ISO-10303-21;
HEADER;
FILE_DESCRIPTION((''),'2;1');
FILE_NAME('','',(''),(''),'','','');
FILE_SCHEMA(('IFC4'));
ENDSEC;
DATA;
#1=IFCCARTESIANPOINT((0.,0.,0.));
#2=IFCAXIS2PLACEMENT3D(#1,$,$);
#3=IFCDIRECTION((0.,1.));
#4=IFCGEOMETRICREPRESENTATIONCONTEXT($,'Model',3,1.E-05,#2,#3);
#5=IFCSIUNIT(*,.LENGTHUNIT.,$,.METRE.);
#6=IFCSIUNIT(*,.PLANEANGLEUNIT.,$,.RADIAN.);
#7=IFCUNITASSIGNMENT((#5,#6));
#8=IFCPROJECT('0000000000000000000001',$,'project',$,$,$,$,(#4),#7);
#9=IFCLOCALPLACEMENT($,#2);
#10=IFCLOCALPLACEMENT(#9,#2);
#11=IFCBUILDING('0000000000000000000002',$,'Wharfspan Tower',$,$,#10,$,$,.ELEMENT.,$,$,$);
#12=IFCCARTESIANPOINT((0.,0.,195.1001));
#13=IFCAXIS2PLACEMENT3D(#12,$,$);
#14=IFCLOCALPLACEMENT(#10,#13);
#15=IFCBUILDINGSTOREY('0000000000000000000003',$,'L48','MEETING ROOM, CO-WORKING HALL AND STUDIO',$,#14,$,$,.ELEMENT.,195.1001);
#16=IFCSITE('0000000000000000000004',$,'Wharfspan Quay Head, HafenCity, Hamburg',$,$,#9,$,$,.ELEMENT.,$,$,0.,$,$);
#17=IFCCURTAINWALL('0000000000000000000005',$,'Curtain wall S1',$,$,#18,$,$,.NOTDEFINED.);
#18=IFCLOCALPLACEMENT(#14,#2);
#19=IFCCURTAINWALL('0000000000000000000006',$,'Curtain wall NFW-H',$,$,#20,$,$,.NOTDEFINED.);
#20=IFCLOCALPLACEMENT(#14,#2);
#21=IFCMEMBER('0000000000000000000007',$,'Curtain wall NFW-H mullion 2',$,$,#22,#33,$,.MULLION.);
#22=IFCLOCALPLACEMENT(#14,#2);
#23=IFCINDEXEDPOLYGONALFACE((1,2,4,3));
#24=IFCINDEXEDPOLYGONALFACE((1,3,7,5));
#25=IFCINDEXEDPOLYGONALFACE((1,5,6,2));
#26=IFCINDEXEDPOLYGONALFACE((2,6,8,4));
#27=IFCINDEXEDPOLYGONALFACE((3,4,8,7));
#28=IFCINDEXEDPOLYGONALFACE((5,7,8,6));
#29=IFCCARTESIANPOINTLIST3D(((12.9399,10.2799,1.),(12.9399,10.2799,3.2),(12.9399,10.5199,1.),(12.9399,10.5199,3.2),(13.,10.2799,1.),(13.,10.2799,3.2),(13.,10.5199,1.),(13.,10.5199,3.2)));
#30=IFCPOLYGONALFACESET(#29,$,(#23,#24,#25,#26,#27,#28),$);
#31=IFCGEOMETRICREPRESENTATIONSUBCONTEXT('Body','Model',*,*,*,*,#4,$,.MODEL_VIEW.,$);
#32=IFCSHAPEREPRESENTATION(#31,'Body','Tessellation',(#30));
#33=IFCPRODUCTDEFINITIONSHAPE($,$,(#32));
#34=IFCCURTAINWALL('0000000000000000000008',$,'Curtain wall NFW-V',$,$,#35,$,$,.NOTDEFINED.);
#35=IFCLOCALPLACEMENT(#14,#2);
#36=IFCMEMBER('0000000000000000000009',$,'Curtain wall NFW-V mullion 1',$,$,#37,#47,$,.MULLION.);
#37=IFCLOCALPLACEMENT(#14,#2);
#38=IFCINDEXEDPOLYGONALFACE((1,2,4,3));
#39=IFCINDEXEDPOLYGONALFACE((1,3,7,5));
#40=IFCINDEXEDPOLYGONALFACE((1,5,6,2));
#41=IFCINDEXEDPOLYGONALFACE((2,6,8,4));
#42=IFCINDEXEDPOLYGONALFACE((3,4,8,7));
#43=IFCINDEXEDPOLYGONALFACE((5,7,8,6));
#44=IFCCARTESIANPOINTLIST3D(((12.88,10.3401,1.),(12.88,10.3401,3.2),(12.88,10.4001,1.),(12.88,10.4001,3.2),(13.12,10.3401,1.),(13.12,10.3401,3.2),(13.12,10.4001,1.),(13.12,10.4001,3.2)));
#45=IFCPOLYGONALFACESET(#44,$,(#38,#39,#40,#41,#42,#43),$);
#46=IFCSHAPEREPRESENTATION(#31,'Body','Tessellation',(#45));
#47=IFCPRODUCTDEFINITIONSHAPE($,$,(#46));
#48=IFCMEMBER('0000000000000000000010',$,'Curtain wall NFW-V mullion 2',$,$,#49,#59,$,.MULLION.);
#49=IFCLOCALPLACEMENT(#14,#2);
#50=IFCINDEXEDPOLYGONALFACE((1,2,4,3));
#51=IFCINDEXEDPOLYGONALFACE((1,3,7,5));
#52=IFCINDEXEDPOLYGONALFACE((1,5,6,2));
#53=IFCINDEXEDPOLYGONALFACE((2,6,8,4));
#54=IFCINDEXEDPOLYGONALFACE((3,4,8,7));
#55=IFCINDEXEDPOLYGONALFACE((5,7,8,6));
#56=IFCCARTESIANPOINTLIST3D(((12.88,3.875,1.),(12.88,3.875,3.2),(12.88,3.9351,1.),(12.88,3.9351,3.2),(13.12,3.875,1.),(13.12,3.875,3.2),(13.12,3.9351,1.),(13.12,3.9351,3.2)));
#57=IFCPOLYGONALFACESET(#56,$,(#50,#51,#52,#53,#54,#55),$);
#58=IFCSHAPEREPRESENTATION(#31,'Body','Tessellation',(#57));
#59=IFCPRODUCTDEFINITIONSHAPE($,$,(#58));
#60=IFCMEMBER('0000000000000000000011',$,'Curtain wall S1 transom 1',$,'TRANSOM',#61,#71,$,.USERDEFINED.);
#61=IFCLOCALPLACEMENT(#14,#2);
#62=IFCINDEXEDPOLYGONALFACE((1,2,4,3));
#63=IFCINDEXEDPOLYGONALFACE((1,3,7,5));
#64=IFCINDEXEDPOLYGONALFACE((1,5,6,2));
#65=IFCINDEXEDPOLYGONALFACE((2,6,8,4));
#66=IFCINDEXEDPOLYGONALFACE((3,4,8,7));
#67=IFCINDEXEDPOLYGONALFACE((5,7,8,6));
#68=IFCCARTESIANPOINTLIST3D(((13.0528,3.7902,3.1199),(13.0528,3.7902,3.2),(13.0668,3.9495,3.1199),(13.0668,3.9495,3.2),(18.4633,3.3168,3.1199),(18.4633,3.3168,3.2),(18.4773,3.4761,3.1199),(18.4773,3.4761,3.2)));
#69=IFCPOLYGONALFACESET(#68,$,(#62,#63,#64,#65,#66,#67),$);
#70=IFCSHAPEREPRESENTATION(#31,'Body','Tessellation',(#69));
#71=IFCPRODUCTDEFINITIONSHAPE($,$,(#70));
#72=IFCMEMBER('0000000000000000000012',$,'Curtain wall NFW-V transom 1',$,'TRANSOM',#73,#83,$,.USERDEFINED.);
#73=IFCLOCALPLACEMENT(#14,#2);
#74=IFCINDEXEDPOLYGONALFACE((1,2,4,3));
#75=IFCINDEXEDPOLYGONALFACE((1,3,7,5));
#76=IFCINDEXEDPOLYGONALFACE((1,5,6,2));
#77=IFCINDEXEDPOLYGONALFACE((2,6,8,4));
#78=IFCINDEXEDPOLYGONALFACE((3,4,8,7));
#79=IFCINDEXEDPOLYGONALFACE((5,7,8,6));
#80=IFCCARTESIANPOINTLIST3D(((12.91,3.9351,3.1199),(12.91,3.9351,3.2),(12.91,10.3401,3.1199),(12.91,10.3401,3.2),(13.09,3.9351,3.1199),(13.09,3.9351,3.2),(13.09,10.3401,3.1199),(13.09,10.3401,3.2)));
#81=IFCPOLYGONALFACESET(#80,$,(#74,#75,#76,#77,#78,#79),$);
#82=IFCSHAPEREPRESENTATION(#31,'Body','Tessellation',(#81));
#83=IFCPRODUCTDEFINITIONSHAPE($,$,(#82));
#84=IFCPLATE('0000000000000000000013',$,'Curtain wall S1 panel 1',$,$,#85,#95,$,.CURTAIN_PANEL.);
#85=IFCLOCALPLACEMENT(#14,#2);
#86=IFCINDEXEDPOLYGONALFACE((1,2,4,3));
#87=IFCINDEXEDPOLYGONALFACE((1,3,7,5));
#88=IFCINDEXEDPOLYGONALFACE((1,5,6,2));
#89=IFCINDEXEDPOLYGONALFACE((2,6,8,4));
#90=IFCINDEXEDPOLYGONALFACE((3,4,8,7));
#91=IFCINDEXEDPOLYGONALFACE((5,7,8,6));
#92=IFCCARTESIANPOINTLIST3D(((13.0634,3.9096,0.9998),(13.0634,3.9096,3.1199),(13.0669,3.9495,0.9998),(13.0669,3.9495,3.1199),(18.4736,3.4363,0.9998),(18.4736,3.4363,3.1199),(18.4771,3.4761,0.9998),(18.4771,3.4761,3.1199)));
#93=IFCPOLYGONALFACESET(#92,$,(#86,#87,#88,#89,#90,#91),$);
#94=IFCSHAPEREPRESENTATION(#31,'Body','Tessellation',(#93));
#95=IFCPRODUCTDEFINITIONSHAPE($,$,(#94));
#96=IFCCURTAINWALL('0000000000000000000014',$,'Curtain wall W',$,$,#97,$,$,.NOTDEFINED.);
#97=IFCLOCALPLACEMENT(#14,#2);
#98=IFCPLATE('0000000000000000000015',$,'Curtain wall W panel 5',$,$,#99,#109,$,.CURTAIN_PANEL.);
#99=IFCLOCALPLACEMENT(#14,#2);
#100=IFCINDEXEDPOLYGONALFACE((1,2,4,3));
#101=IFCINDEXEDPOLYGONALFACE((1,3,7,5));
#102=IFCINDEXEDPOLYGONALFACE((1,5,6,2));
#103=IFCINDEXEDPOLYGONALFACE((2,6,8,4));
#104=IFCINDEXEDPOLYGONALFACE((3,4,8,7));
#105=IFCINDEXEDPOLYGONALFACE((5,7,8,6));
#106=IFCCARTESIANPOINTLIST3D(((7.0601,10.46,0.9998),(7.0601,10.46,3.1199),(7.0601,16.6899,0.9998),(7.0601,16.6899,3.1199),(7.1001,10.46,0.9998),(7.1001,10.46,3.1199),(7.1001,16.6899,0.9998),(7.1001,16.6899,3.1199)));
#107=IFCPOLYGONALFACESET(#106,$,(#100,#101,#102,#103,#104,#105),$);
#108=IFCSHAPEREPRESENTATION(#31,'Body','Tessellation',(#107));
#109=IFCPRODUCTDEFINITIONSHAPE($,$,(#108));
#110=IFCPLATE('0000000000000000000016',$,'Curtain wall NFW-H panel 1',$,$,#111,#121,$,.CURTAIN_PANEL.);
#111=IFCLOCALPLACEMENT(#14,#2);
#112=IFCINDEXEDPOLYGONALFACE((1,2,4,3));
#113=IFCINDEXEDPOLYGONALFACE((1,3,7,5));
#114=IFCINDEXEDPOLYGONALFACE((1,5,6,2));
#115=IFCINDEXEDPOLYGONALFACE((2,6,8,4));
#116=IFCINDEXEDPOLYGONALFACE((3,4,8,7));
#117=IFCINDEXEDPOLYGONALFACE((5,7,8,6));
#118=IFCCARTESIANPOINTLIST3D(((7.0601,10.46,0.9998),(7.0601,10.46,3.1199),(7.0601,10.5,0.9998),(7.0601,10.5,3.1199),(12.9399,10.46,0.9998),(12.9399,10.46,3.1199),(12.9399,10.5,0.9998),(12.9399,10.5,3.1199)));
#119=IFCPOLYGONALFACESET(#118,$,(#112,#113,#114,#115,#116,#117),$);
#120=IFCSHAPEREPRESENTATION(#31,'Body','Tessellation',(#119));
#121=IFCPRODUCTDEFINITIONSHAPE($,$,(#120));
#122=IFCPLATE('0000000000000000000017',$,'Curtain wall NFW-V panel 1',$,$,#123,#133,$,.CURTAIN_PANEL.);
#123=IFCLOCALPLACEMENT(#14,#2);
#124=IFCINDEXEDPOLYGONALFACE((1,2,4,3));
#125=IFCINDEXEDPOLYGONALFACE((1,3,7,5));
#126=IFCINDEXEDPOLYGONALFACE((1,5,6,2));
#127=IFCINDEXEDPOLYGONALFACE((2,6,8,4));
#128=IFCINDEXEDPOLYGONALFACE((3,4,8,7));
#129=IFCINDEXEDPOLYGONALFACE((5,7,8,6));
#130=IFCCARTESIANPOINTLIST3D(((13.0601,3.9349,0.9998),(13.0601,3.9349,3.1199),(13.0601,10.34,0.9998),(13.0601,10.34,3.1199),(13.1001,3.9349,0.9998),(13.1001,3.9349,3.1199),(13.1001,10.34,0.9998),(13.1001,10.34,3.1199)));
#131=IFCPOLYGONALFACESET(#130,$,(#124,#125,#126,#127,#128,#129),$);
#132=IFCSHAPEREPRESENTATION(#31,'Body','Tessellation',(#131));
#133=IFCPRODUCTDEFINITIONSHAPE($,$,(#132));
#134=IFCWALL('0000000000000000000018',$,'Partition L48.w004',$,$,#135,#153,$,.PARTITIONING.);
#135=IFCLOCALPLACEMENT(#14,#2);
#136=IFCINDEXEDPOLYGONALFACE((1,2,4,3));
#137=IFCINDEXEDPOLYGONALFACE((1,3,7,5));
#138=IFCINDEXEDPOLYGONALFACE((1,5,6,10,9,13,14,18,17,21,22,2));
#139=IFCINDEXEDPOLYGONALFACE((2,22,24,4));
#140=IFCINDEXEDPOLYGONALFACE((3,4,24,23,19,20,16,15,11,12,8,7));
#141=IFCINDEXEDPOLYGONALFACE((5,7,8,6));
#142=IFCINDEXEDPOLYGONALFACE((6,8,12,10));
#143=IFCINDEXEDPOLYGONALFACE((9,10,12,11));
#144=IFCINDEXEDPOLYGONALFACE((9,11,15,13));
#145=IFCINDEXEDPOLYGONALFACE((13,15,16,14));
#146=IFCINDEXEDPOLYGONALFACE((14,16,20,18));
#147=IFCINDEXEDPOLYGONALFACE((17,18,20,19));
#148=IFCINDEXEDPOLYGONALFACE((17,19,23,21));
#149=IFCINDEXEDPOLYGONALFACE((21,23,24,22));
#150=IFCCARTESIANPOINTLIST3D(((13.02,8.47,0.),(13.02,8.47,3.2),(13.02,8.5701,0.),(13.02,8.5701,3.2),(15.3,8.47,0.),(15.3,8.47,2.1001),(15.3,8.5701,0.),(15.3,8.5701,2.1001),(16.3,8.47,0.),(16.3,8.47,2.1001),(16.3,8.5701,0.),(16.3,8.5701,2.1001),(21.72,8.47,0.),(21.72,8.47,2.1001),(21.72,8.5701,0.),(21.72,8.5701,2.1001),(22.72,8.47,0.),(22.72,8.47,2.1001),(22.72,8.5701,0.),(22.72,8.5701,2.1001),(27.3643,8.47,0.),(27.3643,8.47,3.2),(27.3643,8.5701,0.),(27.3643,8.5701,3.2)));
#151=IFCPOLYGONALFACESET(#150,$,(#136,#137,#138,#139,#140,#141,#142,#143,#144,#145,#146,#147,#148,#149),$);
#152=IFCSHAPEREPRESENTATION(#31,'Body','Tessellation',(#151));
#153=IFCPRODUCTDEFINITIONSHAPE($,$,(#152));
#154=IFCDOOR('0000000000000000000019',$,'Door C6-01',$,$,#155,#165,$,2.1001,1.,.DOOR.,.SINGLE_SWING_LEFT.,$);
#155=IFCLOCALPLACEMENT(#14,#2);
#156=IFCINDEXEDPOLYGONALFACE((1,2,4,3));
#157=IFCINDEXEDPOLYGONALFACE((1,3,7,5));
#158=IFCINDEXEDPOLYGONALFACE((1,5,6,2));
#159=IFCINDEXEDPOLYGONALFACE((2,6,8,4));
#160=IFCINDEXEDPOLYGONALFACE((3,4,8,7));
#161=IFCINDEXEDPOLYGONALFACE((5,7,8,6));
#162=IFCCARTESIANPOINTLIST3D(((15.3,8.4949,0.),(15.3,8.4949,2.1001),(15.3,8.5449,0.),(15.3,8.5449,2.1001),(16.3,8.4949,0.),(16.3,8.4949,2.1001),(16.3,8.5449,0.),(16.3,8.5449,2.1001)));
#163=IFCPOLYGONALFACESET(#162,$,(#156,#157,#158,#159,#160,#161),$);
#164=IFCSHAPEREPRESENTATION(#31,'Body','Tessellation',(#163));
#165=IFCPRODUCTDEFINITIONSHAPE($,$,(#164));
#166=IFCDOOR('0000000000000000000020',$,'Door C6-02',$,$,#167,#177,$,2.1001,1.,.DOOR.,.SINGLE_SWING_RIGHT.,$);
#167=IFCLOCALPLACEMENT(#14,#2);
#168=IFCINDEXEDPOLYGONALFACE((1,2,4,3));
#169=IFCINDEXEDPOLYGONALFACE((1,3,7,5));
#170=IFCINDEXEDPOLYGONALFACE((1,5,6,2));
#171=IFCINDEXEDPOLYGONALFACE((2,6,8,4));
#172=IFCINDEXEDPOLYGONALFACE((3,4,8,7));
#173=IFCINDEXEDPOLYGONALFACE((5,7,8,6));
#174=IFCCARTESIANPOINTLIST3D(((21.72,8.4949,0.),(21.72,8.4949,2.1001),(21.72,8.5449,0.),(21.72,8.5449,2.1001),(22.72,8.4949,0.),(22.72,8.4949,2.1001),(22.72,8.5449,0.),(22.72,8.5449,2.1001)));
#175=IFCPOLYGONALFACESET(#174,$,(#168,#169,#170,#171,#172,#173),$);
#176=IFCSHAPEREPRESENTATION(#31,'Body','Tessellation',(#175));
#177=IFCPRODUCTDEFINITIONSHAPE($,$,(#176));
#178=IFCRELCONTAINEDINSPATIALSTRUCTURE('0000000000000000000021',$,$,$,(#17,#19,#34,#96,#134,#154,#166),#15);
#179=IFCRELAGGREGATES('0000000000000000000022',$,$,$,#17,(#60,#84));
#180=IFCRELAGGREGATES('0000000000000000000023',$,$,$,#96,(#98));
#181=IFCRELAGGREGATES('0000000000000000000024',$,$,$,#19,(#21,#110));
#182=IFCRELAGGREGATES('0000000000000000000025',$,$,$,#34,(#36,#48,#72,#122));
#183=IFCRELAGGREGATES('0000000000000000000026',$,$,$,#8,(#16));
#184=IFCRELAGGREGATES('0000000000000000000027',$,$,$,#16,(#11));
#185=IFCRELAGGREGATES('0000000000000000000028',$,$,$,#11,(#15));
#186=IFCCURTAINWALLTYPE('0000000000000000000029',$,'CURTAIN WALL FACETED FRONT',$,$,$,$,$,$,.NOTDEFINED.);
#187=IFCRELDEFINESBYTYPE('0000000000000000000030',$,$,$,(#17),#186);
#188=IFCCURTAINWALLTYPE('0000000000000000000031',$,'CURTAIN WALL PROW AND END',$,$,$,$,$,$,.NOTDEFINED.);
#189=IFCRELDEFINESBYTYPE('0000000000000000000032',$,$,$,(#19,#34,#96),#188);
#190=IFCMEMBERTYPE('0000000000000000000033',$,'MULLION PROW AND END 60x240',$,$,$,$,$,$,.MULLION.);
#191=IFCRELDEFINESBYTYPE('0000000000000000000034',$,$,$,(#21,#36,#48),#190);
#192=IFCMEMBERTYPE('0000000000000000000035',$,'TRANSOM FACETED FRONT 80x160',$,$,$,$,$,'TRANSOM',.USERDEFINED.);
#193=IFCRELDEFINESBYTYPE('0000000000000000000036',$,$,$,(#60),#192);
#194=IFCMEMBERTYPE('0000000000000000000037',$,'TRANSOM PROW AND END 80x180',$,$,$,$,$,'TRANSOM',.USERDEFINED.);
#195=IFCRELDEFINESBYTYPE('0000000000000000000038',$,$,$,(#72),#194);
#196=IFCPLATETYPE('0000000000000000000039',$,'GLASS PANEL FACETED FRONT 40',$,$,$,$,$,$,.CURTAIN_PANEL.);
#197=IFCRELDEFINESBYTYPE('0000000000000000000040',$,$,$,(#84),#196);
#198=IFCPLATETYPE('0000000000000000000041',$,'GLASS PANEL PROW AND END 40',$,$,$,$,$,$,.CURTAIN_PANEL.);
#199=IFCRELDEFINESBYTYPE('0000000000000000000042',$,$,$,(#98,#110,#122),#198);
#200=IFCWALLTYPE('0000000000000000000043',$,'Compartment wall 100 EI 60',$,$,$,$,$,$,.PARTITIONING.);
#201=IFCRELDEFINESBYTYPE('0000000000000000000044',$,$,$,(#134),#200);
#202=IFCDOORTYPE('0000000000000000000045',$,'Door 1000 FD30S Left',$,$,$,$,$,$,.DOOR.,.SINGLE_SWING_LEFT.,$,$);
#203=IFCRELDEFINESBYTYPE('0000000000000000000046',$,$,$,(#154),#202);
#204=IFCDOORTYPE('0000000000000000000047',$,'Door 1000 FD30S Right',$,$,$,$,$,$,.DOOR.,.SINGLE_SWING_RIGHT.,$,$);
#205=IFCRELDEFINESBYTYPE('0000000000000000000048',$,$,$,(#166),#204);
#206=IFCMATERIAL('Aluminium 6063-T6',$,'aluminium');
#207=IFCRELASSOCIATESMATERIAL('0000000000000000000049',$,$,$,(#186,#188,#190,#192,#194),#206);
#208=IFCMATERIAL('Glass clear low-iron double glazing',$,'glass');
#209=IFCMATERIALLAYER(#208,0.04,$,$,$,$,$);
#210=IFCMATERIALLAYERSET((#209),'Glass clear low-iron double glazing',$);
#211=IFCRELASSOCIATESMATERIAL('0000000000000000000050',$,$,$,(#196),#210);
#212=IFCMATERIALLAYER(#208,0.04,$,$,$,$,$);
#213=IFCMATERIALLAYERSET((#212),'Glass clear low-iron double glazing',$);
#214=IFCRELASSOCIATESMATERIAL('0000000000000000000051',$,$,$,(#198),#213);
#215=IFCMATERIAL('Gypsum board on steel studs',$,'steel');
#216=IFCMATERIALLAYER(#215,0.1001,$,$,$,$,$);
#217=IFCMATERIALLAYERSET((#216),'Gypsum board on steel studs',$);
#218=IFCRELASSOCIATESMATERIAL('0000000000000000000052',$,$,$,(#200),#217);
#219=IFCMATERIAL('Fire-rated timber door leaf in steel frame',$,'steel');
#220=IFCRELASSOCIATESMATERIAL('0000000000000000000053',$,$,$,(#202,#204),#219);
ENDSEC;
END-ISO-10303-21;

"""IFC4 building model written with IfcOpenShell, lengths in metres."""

from ifc_helpers import new_model, si_unit, direction, frame, frame_2d, origin, origin_2d, place, context, subcontext, project, spatial, rectangle, extrude, material, layer, layer_set, material_profile, profile_set, type_object, element, fill, aggregate, save


model = new_model("IFC4")

# Units and contexts
model_context = context("Model", 3, precision=1e-05, world=origin(), true_north=direction((0.0, 1.0)))
body_context = subcontext(model_context, "Body", "Model", "MODEL_VIEW")
ifc_project = project(units=[si_unit("LENGTHUNIT", "METRE"), si_unit("PLANEANGLEUNIT", "RADIAN")], contexts=[model_context])

# Site, building, storey
site_placement = place(None, origin())
site = spatial("IfcSite", under=ifc_project, at=site_placement, Name="Wharfspan Quay Head, HafenCity, Hamburg", CompositionType="ELEMENT", RefElevation=0.0)
building_placement = place(site_placement, origin())
building = spatial("IfcBuilding", under=site, at=building_placement, Name="Wharfspan Tower", CompositionType="ELEMENT")
storey_placement = place(building_placement, frame((0.0, 0.0, 195.1001)))
storey = spatial("IfcBuildingStorey", under=building, at=storey_placement, Name="L48", Description="MEETING ROOM, CO-WORKING HALL AND STUDIO", CompositionType="ELEMENT", Elevation=195.1001)

# Curtain wall
ifc_material_1 = material(Name="Aluminium 6063-T6", Category="aluminium")
curtain_wall_type_1 = type_object("IfcCurtainWallType", Name="CURTAIN WALL FACETED FRONT", PredefinedType="NOTDEFINED", material=ifc_material_1)
curtain_wall_1_placement = place(storey_placement, origin())
curtain_wall_1 = element("IfcCurtainWall", 1, at=curtain_wall_1_placement, inside=storey, type_object=curtain_wall_type_1, Name="Curtain wall S1", PredefinedType="NOTDEFINED")

# Curtain wall, member
curtain_wall_type_2 = type_object("IfcCurtainWallType", Name="CURTAIN WALL PROW AND END", PredefinedType="NOTDEFINED", material=ifc_material_1)
curtain_wall_2_placement = place(storey_placement, origin())
curtain_wall_2 = element("IfcCurtainWall", 2, at=curtain_wall_2_placement, inside=storey, type_object=curtain_wall_type_2, Name="Curtain wall NFW-H", PredefinedType="NOTDEFINED")
ifc_material_profile_1 = material_profile(ifc_material_1, rectangle(XDim=0.24, YDim=0.0601, at=origin_2d()))
ifc_profile_set_1 = profile_set([ifc_material_profile_1], Name="Aluminium 6063-T6")
member_type_1 = type_object("IfcMemberType", Name="MULLION PROW AND END 60x240", PredefinedType="MULLION", material=ifc_profile_set_1)
member_1_placement = place(storey_placement, frame((12.97, 10.3999, 1.0), z_axis=(0.0, 0.0, 1.0), x_axis=(0.0, 1.0, 0.0)))
member_1 = element("IfcMember", 3, at=member_1_placement, type_object=member_type_1, Name="Curtain wall NFW-H mullion 2", PredefinedType="MULLION", context=body_context, shape_type="SweptSolid", body=[
    extrude(rectangle(XDim=0.24, YDim=0.0601, at=origin_2d()), origin(), (0.0, 0.0, 1.0), 2.2),
])

# Curtain wall, members
curtain_wall_3_placement = place(storey_placement, origin())
curtain_wall_3 = element("IfcCurtainWall", 4, at=curtain_wall_3_placement, inside=storey, type_object=curtain_wall_type_2, Name="Curtain wall NFW-V", PredefinedType="NOTDEFINED")
member_2_placement = place(storey_placement, frame((13.0, 10.3701, 1.0), z_axis=(0.0, 0.0, 1.0), x_axis=(1.0, 0.0, 0.0)))
member_2 = element("IfcMember", 5, at=member_2_placement, type_object=member_type_1, Name="Curtain wall NFW-V mullion 1", PredefinedType="MULLION", context=body_context, shape_type="SweptSolid", body=[
    extrude(rectangle(XDim=0.24, YDim=0.0601, at=origin_2d()), origin(), (0.0, 0.0, 1.0), 2.2),
])
member_3_placement = place(storey_placement, frame((13.0, 3.905, 1.0), z_axis=(0.0, 0.0, 1.0), x_axis=(1.0, 0.0, 0.0)))
member_3 = element("IfcMember", 6, at=member_3_placement, type_object=member_type_1, Name="Curtain wall NFW-V mullion 2", PredefinedType="MULLION", context=body_context, shape_type="SweptSolid", body=[
    extrude(rectangle(XDim=0.24, YDim=0.0601, at=origin_2d()), origin(), (0.0, 0.0, 1.0), 2.2),
])

# Members
ifc_material_profile_2 = material_profile(ifc_material_1, rectangle(XDim=0.1599, YDim=0.0801, at=origin_2d()))
ifc_profile_set_2 = profile_set([ifc_material_profile_2], Name="Aluminium 6063-T6")
member_type_2 = type_object("IfcMemberType", Name="TRANSOM FACETED FRONT 80x160", ElementType="TRANSOM", PredefinedType="USERDEFINED", material=ifc_profile_set_2)
member_4_placement = place(storey_placement, frame((13.0598, 3.8699, 3.1599), z_axis=(0.996194, -0.087163, 0.0), x_axis=(0.087163, 0.996194, 0.0)))
member_4 = element("IfcMember", 7, at=member_4_placement, type_object=member_type_2, Name="Curtain wall S1 transom 1", ObjectType="TRANSOM", PredefinedType="USERDEFINED", context=body_context, shape_type="SweptSolid", body=[
    extrude(rectangle(XDim=0.1599, YDim=0.0801, at=origin_2d()), origin(), (0.0, 0.0, 1.0), 5.4312),
])
ifc_material_profile_3 = material_profile(ifc_material_1, rectangle(XDim=0.1799, YDim=0.0801, at=origin_2d()))
ifc_profile_set_3 = profile_set([ifc_material_profile_3], Name="Aluminium 6063-T6")
member_type_3 = type_object("IfcMemberType", Name="TRANSOM PROW AND END 80x180", ElementType="TRANSOM", PredefinedType="USERDEFINED", material=ifc_profile_set_3)
member_5_placement = place(storey_placement, frame((13.0, 10.3401, 3.1599), z_axis=(0.0, -1.0, 0.0), x_axis=(1.0, 0.0, 0.0)))
member_5 = element("IfcMember", 8, at=member_5_placement, type_object=member_type_3, Name="Curtain wall NFW-V transom 1", ObjectType="TRANSOM", PredefinedType="USERDEFINED", context=body_context, shape_type="SweptSolid", body=[
    extrude(rectangle(XDim=0.1799, YDim=0.0801, at=origin_2d()), origin(), (0.0, 0.0, 1.0), 6.405),
])

# Plate
ifc_material_2 = material(Name="Glass clear low-iron double glazing", Category="glass")
ifc_layer_1 = layer(ifc_material_2, 0.04)
ifc_layer_set_1 = layer_set([ifc_layer_1], Name="Glass clear low-iron double glazing")
plate_type_1 = type_object("IfcPlateType", Name="GLASS PANEL FACETED FRONT 40", PredefinedType="CURTAIN_PANEL", material=ifc_layer_set_1)
plate_1_placement = place(storey_placement, frame((15.7703, 3.6929, 0.9998), z_axis=(0.0, 0.0, 1.0), x_axis=(0.996198, -0.087156, 0.0)))
plate_1 = element("IfcPlate", 9, at=plate_1_placement, type_object=plate_type_1, Name="Curtain wall S1 panel 1", PredefinedType="CURTAIN_PANEL", context=body_context, shape_type="SweptSolid", body=[
    extrude(rectangle(XDim=5.4309, YDim=0.04, at=origin_2d()), origin(), (0.0, 0.0, 1.0), 2.1201),
])
aggregate(curtain_wall_1, [member_4, plate_1])

# Curtain wall, plate
curtain_wall_4_placement = place(storey_placement, origin())
curtain_wall_4 = element("IfcCurtainWall", 10, at=curtain_wall_4_placement, inside=storey, type_object=curtain_wall_type_2, Name="Curtain wall W", PredefinedType="NOTDEFINED")
ifc_layer_2 = layer(ifc_material_2, 0.04)
ifc_layer_set_2 = layer_set([ifc_layer_2], Name="Glass clear low-iron double glazing")
plate_type_2 = type_object("IfcPlateType", Name="GLASS PANEL PROW AND END 40", PredefinedType="CURTAIN_PANEL", material=ifc_layer_set_2)
plate_2_placement = place(storey_placement, frame((7.0801, 13.575, 0.9998), z_axis=(0.0, 0.0, 1.0), x_axis=(0.0, -1.0, 0.0)))
plate_2 = element("IfcPlate", 11, at=plate_2_placement, type_object=plate_type_2, Name="Curtain wall W panel 5", PredefinedType="CURTAIN_PANEL", context=body_context, shape_type="SweptSolid", body=[
    extrude(rectangle(XDim=6.23, YDim=0.04, at=origin_2d()), origin(), (0.0, 0.0, 1.0), 2.1201),
])
aggregate(curtain_wall_4, [plate_2])

# Plates
plate_3_placement = place(storey_placement, frame((10.0, 10.48, 0.9998), z_axis=(0.0, 0.0, 1.0), x_axis=(1.0, 0.0, 0.0)))
plate_3 = element("IfcPlate", 12, at=plate_3_placement, type_object=plate_type_2, Name="Curtain wall NFW-H panel 1", PredefinedType="CURTAIN_PANEL", context=body_context, shape_type="SweptSolid", body=[
    extrude(rectangle(XDim=5.8799, YDim=0.04, at=origin_2d()), origin(), (0.0, 0.0, 1.0), 2.1201),
])
aggregate(curtain_wall_2, [member_1, plate_3])
plate_4_placement = place(storey_placement, frame((13.0801, 7.1375, 0.9998), z_axis=(0.0, 0.0, 1.0), x_axis=(0.0, -1.0, 0.0)))
plate_4 = element("IfcPlate", 13, at=plate_4_placement, type_object=plate_type_2, Name="Curtain wall NFW-V panel 1", PredefinedType="CURTAIN_PANEL", context=body_context, shape_type="SweptSolid", body=[
    extrude(rectangle(XDim=6.405, YDim=0.04, at=origin_2d()), origin(), (0.0, 0.0, 1.0), 2.1201),
])
aggregate(curtain_wall_3, [member_2, member_3, member_5, plate_4])

# Wall, openings, doors
ifc_material_3 = material(Name="Gypsum board on steel studs", Category="steel")
ifc_layer_3 = layer(ifc_material_3, 0.1001)
ifc_layer_set_3 = layer_set([ifc_layer_3], Name="Gypsum board on steel studs")
wall_type_1 = type_object("IfcWallType", Name="Compartment wall 100 EI 60", PredefinedType="PARTITIONING", material=ifc_layer_set_3)
wall_1_placement = place(storey_placement, frame((13.02, 8.52, 0.0), z_axis=(0.0, 0.0, 1.0), x_axis=(1.0, 0.0, 0.0)))
wall_1 = element("IfcWall", 14, at=wall_1_placement, inside=storey, type_object=wall_type_1, Name="Partition L48.w004", PredefinedType="PARTITIONING", context=body_context, shape_type="SweptSolid", body=[
    extrude(rectangle(XDim=14.3442, YDim=0.1001, at=frame_2d((7.1721, 0.0))), origin(), (0.0, 0.0, 1.0), 3.2),
])
opening_1_placement = place(wall_1_placement, frame((2.28, 0.0, 0.0)))
opening_1 = element("IfcOpeningElement", 15, at=opening_1_placement, cuts=wall_1, PredefinedType="OPENING", context=body_context, shape_type="SweptSolid", body=[
    extrude(rectangle(XDim=1.0, YDim=2.1001, at=frame_2d((0.5, 1.05))), frame((0.0, 0.0601, 0.0), z_axis=(0.0, -1.0, 0.0), x_axis=(1.0, 0.0, 0.0)), (0.0, 0.0, 1.0), 0.1201),
])
opening_2_placement = place(wall_1_placement, frame((8.7, 0.0, 0.0)))
opening_2 = element("IfcOpeningElement", 16, at=opening_2_placement, cuts=wall_1, PredefinedType="OPENING", context=body_context, shape_type="SweptSolid", body=[
    extrude(rectangle(XDim=1.0, YDim=2.1001, at=frame_2d((0.5, 1.05))), frame((0.0, 0.0601, 0.0), z_axis=(0.0, -1.0, 0.0), x_axis=(1.0, 0.0, 0.0)), (0.0, 0.0, 1.0), 0.1201),
])
ifc_material_4 = material(Name="Fire-rated timber door leaf in steel frame", Category="steel")
door_type_1 = type_object("IfcDoorType", Name="Door 1000 FD30S Left", OperationType="SINGLE_SWING_LEFT", PredefinedType="DOOR", material=ifc_material_4)
door_1_placement = place(opening_1_placement, origin())
door_1 = element("IfcDoor", 17, at=door_1_placement, inside=storey, type_object=door_type_1, Name="Door C6-01", OperationType="SINGLE_SWING_LEFT", OverallHeight=2.1001, OverallWidth=1.0, PredefinedType="DOOR", context=body_context, shape_type="SweptSolid", body=[
    extrude(rectangle(XDim=1.0, YDim=2.1001, at=frame_2d((0.5, 1.05))), frame((0.0, 0.0249, 0.0), z_axis=(0.0, -1.0, 0.0), x_axis=(1.0, 0.0, 0.0)), (0.0, 0.0, 1.0), 0.05),
])
fill(opening_1, door_1)
door_type_2 = type_object("IfcDoorType", Name="Door 1000 FD30S Right", OperationType="SINGLE_SWING_RIGHT", PredefinedType="DOOR", material=ifc_material_4)
door_2_placement = place(opening_2_placement, origin())
door_2 = element("IfcDoor", 18, at=door_2_placement, inside=storey, type_object=door_type_2, Name="Door C6-02", OperationType="SINGLE_SWING_RIGHT", OverallHeight=2.1001, OverallWidth=1.0, PredefinedType="DOOR", context=body_context, shape_type="SweptSolid", body=[
    extrude(rectangle(XDim=1.0, YDim=2.1001, at=frame_2d((0.5, 1.05))), frame((0.0, 0.0249, 0.0), z_axis=(0.0, -1.0, 0.0), x_axis=(1.0, 0.0, 0.0)), (0.0, 0.0, 1.0), 0.05),
])
fill(opening_2, door_2)

save(model, "model.ifc")
